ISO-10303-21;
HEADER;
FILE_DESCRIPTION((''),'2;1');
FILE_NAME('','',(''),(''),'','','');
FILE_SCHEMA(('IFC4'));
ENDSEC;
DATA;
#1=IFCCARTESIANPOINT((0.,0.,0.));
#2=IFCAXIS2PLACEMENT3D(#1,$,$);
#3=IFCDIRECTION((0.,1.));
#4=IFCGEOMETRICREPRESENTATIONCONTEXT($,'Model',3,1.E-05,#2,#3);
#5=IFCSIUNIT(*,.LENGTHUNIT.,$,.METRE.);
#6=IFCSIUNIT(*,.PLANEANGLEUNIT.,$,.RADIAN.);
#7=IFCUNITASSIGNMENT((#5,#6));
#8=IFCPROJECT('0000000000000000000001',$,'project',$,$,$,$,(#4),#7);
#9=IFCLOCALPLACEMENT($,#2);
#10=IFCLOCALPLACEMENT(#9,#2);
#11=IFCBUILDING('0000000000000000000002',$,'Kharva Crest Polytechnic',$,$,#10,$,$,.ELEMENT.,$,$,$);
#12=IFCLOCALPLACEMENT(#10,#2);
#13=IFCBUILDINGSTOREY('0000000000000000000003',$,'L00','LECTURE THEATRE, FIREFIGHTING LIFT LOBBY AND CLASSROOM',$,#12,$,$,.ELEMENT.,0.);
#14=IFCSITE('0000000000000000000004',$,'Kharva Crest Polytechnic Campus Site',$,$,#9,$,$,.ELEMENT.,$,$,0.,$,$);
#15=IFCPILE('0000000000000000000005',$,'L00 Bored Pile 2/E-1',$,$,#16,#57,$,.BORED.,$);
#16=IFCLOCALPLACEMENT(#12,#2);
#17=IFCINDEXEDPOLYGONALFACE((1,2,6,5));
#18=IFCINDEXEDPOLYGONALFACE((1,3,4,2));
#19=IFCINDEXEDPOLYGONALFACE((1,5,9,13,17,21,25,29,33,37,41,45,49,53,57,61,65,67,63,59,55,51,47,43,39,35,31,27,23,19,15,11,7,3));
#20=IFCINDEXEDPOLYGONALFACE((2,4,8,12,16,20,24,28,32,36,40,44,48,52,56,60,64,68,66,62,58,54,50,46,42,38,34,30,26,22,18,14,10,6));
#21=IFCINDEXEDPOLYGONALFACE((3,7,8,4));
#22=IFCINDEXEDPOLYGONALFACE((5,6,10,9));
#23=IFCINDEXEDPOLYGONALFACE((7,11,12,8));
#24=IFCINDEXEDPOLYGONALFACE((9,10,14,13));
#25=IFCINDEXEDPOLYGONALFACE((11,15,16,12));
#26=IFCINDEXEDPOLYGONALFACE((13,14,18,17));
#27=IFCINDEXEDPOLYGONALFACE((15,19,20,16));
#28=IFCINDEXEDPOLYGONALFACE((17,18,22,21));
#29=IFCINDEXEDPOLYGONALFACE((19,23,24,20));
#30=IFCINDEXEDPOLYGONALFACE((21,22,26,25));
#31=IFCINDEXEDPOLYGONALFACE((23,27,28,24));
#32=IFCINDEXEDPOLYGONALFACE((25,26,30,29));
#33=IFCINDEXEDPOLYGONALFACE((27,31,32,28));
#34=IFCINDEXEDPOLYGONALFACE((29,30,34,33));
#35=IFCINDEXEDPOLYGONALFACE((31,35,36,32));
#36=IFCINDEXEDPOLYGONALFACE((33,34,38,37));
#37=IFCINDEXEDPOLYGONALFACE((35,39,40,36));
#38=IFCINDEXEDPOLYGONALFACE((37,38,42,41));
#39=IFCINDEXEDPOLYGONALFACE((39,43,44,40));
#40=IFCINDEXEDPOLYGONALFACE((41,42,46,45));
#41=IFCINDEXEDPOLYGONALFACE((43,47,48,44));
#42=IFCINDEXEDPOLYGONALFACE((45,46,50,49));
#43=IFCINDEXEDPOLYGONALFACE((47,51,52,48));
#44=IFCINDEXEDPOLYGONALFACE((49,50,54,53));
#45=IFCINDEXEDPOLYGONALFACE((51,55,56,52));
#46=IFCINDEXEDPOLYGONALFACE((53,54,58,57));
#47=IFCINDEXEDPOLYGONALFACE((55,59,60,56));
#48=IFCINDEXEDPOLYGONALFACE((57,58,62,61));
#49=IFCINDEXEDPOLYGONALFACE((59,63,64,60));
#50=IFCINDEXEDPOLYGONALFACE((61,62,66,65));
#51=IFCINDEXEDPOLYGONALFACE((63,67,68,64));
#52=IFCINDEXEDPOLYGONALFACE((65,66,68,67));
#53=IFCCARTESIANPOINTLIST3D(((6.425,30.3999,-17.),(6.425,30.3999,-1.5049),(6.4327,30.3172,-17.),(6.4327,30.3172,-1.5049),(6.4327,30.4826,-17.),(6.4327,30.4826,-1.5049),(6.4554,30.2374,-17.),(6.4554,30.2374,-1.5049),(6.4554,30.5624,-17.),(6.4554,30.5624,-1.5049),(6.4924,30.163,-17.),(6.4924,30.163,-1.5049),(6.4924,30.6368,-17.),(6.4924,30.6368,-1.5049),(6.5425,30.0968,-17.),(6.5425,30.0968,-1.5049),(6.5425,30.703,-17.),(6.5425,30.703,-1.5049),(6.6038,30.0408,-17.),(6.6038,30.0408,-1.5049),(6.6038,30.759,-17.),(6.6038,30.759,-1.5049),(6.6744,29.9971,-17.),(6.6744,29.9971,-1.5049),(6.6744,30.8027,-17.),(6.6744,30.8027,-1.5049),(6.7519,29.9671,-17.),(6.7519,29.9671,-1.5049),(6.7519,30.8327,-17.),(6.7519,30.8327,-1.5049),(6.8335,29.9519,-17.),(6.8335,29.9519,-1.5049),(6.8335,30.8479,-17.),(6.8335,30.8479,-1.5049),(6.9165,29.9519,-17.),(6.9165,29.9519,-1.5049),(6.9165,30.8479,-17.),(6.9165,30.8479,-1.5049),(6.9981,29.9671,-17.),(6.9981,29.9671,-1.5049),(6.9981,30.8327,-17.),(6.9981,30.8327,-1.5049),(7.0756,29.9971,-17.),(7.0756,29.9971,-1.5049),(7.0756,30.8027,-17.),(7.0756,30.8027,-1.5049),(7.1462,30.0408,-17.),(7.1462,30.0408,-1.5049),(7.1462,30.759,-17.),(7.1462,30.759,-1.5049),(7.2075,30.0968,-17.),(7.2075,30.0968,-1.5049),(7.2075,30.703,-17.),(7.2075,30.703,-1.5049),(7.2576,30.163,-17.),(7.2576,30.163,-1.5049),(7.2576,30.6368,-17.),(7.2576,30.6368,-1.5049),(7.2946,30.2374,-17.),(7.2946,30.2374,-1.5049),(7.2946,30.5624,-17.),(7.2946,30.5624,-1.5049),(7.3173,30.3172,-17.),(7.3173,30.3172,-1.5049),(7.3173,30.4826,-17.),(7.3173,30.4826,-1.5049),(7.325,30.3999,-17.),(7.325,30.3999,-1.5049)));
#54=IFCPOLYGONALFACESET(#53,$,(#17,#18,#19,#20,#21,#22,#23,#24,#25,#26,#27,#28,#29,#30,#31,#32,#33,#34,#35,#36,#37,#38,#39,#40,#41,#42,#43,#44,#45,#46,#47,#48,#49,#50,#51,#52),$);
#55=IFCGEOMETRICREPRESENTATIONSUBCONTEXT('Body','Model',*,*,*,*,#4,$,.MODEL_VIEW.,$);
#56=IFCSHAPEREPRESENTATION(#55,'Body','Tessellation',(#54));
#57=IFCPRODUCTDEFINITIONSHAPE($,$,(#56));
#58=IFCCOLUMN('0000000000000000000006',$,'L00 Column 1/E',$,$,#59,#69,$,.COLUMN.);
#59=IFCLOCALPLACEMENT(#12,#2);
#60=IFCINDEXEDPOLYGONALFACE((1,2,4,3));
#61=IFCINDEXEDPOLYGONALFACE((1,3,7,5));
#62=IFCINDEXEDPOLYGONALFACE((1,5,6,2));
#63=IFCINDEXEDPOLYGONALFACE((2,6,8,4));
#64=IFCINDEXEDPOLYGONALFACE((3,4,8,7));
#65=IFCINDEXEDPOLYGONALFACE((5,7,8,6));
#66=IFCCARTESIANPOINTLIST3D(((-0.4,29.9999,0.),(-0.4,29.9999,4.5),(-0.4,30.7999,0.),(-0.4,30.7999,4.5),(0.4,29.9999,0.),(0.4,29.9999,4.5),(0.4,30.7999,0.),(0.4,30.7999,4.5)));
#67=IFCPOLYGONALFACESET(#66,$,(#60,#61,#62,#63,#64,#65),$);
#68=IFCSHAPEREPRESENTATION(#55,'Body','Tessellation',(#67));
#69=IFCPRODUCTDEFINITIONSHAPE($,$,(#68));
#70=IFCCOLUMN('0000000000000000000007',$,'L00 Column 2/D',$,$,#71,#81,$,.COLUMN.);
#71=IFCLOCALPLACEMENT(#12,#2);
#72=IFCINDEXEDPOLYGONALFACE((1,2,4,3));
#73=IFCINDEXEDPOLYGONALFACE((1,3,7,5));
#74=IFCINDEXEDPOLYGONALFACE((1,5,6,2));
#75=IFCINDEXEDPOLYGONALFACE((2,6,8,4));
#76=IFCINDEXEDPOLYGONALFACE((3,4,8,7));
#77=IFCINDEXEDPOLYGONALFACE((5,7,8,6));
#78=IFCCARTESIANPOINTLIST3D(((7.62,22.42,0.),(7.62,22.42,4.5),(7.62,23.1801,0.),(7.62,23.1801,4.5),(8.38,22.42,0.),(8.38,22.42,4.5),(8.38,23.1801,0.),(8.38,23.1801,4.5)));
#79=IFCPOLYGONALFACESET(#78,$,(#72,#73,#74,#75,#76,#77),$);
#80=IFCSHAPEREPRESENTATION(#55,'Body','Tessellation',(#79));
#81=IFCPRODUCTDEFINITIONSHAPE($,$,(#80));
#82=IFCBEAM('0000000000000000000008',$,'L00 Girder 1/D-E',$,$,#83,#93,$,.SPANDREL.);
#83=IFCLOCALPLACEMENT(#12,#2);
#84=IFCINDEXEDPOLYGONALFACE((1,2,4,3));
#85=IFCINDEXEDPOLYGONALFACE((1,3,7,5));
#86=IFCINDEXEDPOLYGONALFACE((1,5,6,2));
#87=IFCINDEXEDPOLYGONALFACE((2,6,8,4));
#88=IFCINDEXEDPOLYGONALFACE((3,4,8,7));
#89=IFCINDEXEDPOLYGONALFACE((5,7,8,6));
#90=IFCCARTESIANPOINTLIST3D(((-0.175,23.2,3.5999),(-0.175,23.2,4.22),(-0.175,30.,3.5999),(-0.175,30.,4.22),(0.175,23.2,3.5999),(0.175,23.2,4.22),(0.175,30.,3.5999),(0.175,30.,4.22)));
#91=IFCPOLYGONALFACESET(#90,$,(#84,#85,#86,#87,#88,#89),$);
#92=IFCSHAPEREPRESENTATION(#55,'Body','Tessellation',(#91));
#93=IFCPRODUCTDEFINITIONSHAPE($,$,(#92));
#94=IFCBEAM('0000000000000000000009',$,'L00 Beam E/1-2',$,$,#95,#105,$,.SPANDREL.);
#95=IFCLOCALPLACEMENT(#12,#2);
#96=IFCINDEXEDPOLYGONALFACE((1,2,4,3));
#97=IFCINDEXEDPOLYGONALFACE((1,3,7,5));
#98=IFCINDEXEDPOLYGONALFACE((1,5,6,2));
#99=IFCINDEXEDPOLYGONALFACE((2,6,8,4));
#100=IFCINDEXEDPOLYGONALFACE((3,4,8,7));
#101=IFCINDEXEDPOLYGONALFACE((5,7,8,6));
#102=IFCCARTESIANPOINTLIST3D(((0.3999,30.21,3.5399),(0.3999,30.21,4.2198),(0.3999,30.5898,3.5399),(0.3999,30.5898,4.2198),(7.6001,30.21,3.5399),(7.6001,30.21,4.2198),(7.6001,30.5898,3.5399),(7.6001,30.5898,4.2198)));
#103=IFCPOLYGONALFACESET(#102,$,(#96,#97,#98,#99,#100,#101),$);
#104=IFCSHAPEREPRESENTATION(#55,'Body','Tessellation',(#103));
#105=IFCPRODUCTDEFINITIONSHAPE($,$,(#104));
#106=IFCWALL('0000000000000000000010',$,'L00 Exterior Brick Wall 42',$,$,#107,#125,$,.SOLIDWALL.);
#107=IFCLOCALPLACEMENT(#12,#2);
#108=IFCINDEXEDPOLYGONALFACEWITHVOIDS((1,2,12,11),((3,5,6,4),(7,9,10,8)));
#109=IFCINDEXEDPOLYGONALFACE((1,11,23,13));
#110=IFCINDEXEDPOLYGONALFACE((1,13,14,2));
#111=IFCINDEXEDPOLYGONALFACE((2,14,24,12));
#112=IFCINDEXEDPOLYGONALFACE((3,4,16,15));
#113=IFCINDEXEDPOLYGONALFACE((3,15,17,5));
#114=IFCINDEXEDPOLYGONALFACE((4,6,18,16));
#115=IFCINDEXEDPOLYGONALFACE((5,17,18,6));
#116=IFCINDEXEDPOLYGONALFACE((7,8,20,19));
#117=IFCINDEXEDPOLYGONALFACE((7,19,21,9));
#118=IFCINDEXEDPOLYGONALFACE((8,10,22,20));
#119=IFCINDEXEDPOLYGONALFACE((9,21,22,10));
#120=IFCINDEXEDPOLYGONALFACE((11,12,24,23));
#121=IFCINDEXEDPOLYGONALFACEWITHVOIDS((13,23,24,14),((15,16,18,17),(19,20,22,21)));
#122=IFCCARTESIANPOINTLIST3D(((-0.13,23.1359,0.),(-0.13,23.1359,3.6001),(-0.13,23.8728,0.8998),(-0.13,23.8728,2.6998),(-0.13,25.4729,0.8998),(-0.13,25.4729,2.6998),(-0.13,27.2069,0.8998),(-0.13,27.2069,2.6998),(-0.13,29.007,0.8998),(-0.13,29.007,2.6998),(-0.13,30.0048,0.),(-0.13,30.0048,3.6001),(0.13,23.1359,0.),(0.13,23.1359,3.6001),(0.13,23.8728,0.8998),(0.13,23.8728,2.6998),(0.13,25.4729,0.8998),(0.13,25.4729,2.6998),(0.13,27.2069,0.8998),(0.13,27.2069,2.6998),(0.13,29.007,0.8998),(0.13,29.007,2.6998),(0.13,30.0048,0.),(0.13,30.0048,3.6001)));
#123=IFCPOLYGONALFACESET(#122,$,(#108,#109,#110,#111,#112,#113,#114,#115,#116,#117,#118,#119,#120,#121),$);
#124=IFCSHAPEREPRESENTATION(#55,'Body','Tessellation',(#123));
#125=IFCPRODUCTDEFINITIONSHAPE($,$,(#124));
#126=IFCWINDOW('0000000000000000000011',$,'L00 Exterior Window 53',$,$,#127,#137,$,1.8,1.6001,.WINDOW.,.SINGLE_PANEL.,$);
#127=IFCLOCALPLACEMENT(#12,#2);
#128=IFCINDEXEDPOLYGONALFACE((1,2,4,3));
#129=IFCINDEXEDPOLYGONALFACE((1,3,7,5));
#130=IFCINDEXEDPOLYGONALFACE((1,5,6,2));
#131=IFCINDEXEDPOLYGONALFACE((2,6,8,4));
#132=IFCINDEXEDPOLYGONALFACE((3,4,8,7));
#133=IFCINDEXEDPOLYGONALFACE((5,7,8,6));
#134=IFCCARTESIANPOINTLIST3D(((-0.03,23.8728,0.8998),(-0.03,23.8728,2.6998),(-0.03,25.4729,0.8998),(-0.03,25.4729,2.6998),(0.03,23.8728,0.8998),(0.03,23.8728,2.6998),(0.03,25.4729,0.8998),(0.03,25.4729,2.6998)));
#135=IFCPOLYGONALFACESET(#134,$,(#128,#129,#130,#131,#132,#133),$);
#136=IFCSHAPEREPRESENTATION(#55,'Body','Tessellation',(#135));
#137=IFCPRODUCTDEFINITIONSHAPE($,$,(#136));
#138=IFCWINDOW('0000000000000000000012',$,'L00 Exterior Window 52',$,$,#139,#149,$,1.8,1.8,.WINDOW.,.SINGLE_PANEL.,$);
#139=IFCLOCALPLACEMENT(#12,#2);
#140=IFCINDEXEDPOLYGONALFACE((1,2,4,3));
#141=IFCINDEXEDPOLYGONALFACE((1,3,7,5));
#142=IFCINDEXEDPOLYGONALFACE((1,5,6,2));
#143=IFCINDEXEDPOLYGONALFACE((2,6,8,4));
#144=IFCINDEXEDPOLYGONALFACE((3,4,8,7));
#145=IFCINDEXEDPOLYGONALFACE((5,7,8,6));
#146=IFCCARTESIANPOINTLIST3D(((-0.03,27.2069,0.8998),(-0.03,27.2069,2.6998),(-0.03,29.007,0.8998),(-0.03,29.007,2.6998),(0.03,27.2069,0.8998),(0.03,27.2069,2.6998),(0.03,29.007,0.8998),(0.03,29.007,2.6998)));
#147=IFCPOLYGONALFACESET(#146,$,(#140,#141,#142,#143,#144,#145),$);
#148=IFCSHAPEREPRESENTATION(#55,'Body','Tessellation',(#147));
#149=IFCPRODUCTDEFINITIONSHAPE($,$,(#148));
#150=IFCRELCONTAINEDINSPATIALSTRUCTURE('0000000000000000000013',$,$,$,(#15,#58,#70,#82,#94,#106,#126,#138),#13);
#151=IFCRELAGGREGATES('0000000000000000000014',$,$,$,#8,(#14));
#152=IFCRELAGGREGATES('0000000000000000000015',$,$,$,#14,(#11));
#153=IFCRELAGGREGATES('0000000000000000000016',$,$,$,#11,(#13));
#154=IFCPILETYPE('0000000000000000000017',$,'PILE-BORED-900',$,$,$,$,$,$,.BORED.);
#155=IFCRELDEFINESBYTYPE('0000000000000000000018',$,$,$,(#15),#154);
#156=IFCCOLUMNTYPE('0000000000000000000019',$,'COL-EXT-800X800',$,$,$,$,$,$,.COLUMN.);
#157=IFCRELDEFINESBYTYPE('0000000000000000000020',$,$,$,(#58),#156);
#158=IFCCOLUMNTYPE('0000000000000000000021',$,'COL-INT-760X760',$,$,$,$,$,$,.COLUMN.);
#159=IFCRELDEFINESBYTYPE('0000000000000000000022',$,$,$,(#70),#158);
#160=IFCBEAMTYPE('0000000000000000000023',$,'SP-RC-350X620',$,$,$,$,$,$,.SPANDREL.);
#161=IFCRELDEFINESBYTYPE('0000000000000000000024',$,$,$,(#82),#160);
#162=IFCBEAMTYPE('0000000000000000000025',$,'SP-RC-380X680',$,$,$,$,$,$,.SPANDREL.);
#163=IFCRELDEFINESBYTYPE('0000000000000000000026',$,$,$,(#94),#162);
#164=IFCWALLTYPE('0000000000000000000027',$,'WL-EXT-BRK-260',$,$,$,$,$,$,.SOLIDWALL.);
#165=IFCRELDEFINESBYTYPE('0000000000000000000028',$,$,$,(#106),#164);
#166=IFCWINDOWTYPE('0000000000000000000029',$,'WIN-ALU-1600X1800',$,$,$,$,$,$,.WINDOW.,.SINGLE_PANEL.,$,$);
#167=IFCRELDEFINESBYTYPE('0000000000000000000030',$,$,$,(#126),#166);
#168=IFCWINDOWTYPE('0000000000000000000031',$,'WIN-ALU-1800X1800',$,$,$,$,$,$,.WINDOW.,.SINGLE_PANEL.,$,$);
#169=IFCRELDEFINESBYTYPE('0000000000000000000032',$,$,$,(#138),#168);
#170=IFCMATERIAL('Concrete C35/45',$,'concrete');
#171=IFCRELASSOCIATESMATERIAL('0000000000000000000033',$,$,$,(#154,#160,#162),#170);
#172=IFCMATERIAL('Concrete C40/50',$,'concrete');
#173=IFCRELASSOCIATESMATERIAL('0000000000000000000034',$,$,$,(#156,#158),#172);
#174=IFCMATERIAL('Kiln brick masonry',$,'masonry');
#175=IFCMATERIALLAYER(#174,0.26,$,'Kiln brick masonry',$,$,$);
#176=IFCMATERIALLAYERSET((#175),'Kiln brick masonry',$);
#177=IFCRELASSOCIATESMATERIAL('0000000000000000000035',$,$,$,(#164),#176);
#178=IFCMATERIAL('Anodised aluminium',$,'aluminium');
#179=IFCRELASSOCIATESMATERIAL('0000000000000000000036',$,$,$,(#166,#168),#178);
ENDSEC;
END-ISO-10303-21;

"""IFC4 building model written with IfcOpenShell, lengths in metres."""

from ifc_helpers import new_model, si_unit, direction, frame, frame_2d, origin, origin_2d, place, context, subcontext, project, spatial, rectangle, circle, extrude, material, layer, layer_set, material_profile, profile_set, type_object, element, fill, save


model = new_model("IFC4")

# Units and contexts
model_context = context("Model", 3, precision=1e-05, world=origin(), true_north=direction((0.0, 1.0)))
body_context = subcontext(model_context, "Body", "Model", "MODEL_VIEW")
ifc_project = project(units=[si_unit("LENGTHUNIT", "METRE"), si_unit("PLANEANGLEUNIT", "RADIAN")], contexts=[model_context])

# Site, building, storey
site_placement = place(None, origin())
site = spatial("IfcSite", under=ifc_project, at=site_placement, Name="Kharva Crest Polytechnic Campus Site", CompositionType="ELEMENT", RefElevation=0.0)
building_placement = place(site_placement, origin())
building = spatial("IfcBuilding", under=site, at=building_placement, Name="Kharva Crest Polytechnic", CompositionType="ELEMENT")
storey_placement = place(building_placement, origin())
storey = spatial("IfcBuildingStorey", under=building, at=storey_placement, Name="L00", Description="LECTURE THEATRE, FIREFIGHTING LIFT LOBBY AND CLASSROOM", CompositionType="ELEMENT", Elevation=0.0)

# Shared definitions
ifc_material_1 = material(Name="Concrete C35/45", Category="concrete")

# Pile
ifc_material_profile_1 = material_profile(ifc_material_1, circle(Radius=0.45, at=origin_2d()), Name="DIA 900")
ifc_profile_set_1 = profile_set([ifc_material_profile_1], Name="Concrete C35/45")
pile_type_1 = type_object("IfcPileType", Name="PILE-BORED-900", PredefinedType="BORED", material=ifc_profile_set_1)
for number, where, z_axis, x_axis, name in (
    (1, (6.875, 30.3999, -1.5049), (0.0, 0.0, -1.0), (1.0, 0.0, 0.0), "L00 Bored Pile 2/E-1"),
):
    element("IfcPile", number, at=place(storey_placement, frame(where, z_axis=z_axis, x_axis=x_axis)), inside=storey, type_object=pile_type_1, Name=name, PredefinedType="BORED", context=body_context, shape_type="SweptSolid", body=[
        extrude(circle(Radius=0.45, at=origin_2d()), origin(), (0.0, 0.0, 1.0), 15.4951),
    ])

# Columns
ifc_material_2 = material(Name="Concrete C40/50", Category="concrete")
ifc_material_profile_2 = material_profile(ifc_material_2, rectangle(XDim=0.8, YDim=0.8, at=origin_2d()), Name="RECT 800 X 800")
ifc_profile_set_2 = profile_set([ifc_material_profile_2], Name="Concrete C40/50")
column_type_1 = type_object("IfcColumnType", Name="COL-EXT-800X800", PredefinedType="COLUMN", material=ifc_profile_set_2)
column_1_placement = place(storey_placement, frame((0.0, 30.3999, 0.0), z_axis=(0.0, 0.0, 1.0), x_axis=(1.0, 0.0, 0.0)))
element("IfcColumn", 2, at=column_1_placement, inside=storey, type_object=column_type_1, Name="L00 Column 1/E", PredefinedType="COLUMN", context=body_context, shape_type="SweptSolid", body=[
    extrude(rectangle(XDim=0.8, YDim=0.8, at=origin_2d()), origin(), (0.0, 0.0, 1.0), 4.5),
])
ifc_material_profile_3 = material_profile(ifc_material_2, rectangle(XDim=0.76, YDim=0.76, at=origin_2d()), Name="RECT 760 X 760")
ifc_profile_set_3 = profile_set([ifc_material_profile_3], Name="Concrete C40/50")
column_type_2 = type_object("IfcColumnType", Name="COL-INT-760X760", PredefinedType="COLUMN", material=ifc_profile_set_3)
column_2_placement = place(storey_placement, frame((8.0, 22.8, 0.0), z_axis=(0.0, 0.0, 1.0), x_axis=(1.0, 0.0, 0.0)))
element("IfcColumn", 3, at=column_2_placement, inside=storey, type_object=column_type_2, Name="L00 Column 2/D", PredefinedType="COLUMN", context=body_context, shape_type="SweptSolid", body=[
    extrude(rectangle(XDim=0.76, YDim=0.76, at=origin_2d()), origin(), (0.0, 0.0, 1.0), 4.5),
])

# Beams
ifc_material_profile_4 = material_profile(ifc_material_1, rectangle(XDim=0.3501, YDim=0.6201, at=origin_2d()), Name="RECT 350 X 620")
ifc_profile_set_4 = profile_set([ifc_material_profile_4], Name="Concrete C35/45")
beam_type_1 = type_object("IfcBeamType", Name="SP-RC-350X620", PredefinedType="SPANDREL", material=ifc_profile_set_4)
beam_1_placement = place(storey_placement, frame((0.0, 23.2, 3.9099), z_axis=(0.0, 1.0, 0.0), x_axis=(-1.0, 0.0, 0.0)))
element("IfcBeam", 4, at=beam_1_placement, inside=storey, type_object=beam_type_1, Name="L00 Girder 1/D-E", PredefinedType="SPANDREL", context=body_context, shape_type="SweptSolid", body=[
    extrude(rectangle(XDim=0.3501, YDim=0.6201, at=origin_2d()), origin(), (0.0, 0.0, 1.0), 6.8),
])
ifc_material_profile_5 = material_profile(ifc_material_1, rectangle(XDim=0.3799, YDim=0.6799, at=origin_2d()), Name="RECT 380 X 680")
ifc_profile_set_5 = profile_set([ifc_material_profile_5], Name="Concrete C35/45")
beam_type_2 = type_object("IfcBeamType", Name="SP-RC-380X680", PredefinedType="SPANDREL", material=ifc_profile_set_5)
beam_2_placement = place(storey_placement, frame((0.3999, 30.3999, 3.8799), z_axis=(1.0, 0.0, 0.0), x_axis=(0.0, 1.0, 0.0)))
element("IfcBeam", 5, at=beam_2_placement, inside=storey, type_object=beam_type_2, Name="L00 Beam E/1-2", PredefinedType="SPANDREL", context=body_context, shape_type="SweptSolid", body=[
    extrude(rectangle(XDim=0.3799, YDim=0.6799, at=origin_2d()), origin(), (0.0, 0.0, 1.0), 7.2002),
])

# Wall, openings, windows
ifc_material_3 = material(Name="Kiln brick masonry", Category="masonry")
ifc_layer_1 = layer(ifc_material_3, 0.26, Name="Kiln brick masonry")
ifc_layer_set_1 = layer_set([ifc_layer_1], Name="Kiln brick masonry")
wall_type_1 = type_object("IfcWallType", Name="WL-EXT-BRK-260", PredefinedType="SOLIDWALL", material=ifc_layer_set_1)
wall_1_placement = place(storey_placement, frame((0.0, 30.0049, 0.0), z_axis=(0.0, 0.0, 1.0), x_axis=(0.0, -1.0, 0.0)))
wall_1 = element("IfcWall", 6, at=wall_1_placement, inside=storey, type_object=wall_type_1, Name="L00 Exterior Brick Wall 42", PredefinedType="SOLIDWALL", context=body_context, shape_type="SweptSolid", body=[
    extrude(rectangle(XDim=6.8689, YDim=0.26, at=frame_2d((3.4346, 0.0))), origin(), (0.0, 0.0, 1.0), 3.6001),
])
opening_1_placement = place(wall_1_placement, frame((0.998, 0.0, 0.8999)))
opening_1 = element("IfcOpeningElement", 7, at=opening_1_placement, cuts=wall_1, PredefinedType="OPENING", context=body_context, shape_type="SweptSolid", body=[
    extrude(rectangle(XDim=1.8, YDim=1.8, at=frame_2d((0.8999, 0.8999))), frame((0.0, 0.1399, 0.0), z_axis=(0.0, -1.0, 0.0), x_axis=(1.0, 0.0, 0.0)), (0.0, 0.0, 1.0), 0.28),
])
opening_2_placement = place(wall_1_placement, frame((4.532, 0.0, 0.8999)))
opening_2 = element("IfcOpeningElement", 8, at=opening_2_placement, cuts=wall_1, PredefinedType="OPENING", context=body_context, shape_type="SweptSolid", body=[
    extrude(rectangle(XDim=1.6001, YDim=1.8, at=frame_2d((0.8, 0.8999))), frame((0.0, 0.1399, 0.0), z_axis=(0.0, -1.0, 0.0), x_axis=(1.0, 0.0, 0.0)), (0.0, 0.0, 1.0), 0.28),
])
ifc_material_4 = material(Name="Anodised aluminium", Category="aluminium")
window_type_1 = type_object("IfcWindowType", Name="WIN-ALU-1600X1800", PartitioningType="SINGLE_PANEL", PredefinedType="WINDOW", material=ifc_material_4)
window_1_placement = place(opening_2_placement, origin())
window_1 = element("IfcWindow", 9, at=window_1_placement, inside=storey, type_object=window_type_1, Name="L00 Exterior Window 53", OverallHeight=1.8, OverallWidth=1.6001, PartitioningType="SINGLE_PANEL", PredefinedType="WINDOW", context=body_context, shape_type="SweptSolid", body=[
    extrude(rectangle(XDim=1.6001, YDim=1.8, at=frame_2d((0.8, 0.8999))), frame((0.0, 0.03, 0.0), z_axis=(0.0, -1.0, 0.0), x_axis=(1.0, 0.0, 0.0)), (0.0, 0.0, 1.0), 0.0601),
])
fill(opening_2, window_1)
window_type_2 = type_object("IfcWindowType", Name="WIN-ALU-1800X1800", PartitioningType="SINGLE_PANEL", PredefinedType="WINDOW", material=ifc_material_4)
window_2_placement = place(opening_1_placement, origin())
window_2 = element("IfcWindow", 10, at=window_2_placement, inside=storey, type_object=window_type_2, Name="L00 Exterior Window 52", OverallHeight=1.8, OverallWidth=1.8, PartitioningType="SINGLE_PANEL", PredefinedType="WINDOW", context=body_context, shape_type="SweptSolid", body=[
    extrude(rectangle(XDim=1.8, YDim=1.8, at=frame_2d((0.8999, 0.8999))), frame((0.0, 0.03, 0.0), z_axis=(0.0, -1.0, 0.0), x_axis=(1.0, 0.0, 0.0)), (0.0, 0.0, 1.0), 0.0601),
])
fill(opening_1, window_2)

save(model, "model.ifc")
